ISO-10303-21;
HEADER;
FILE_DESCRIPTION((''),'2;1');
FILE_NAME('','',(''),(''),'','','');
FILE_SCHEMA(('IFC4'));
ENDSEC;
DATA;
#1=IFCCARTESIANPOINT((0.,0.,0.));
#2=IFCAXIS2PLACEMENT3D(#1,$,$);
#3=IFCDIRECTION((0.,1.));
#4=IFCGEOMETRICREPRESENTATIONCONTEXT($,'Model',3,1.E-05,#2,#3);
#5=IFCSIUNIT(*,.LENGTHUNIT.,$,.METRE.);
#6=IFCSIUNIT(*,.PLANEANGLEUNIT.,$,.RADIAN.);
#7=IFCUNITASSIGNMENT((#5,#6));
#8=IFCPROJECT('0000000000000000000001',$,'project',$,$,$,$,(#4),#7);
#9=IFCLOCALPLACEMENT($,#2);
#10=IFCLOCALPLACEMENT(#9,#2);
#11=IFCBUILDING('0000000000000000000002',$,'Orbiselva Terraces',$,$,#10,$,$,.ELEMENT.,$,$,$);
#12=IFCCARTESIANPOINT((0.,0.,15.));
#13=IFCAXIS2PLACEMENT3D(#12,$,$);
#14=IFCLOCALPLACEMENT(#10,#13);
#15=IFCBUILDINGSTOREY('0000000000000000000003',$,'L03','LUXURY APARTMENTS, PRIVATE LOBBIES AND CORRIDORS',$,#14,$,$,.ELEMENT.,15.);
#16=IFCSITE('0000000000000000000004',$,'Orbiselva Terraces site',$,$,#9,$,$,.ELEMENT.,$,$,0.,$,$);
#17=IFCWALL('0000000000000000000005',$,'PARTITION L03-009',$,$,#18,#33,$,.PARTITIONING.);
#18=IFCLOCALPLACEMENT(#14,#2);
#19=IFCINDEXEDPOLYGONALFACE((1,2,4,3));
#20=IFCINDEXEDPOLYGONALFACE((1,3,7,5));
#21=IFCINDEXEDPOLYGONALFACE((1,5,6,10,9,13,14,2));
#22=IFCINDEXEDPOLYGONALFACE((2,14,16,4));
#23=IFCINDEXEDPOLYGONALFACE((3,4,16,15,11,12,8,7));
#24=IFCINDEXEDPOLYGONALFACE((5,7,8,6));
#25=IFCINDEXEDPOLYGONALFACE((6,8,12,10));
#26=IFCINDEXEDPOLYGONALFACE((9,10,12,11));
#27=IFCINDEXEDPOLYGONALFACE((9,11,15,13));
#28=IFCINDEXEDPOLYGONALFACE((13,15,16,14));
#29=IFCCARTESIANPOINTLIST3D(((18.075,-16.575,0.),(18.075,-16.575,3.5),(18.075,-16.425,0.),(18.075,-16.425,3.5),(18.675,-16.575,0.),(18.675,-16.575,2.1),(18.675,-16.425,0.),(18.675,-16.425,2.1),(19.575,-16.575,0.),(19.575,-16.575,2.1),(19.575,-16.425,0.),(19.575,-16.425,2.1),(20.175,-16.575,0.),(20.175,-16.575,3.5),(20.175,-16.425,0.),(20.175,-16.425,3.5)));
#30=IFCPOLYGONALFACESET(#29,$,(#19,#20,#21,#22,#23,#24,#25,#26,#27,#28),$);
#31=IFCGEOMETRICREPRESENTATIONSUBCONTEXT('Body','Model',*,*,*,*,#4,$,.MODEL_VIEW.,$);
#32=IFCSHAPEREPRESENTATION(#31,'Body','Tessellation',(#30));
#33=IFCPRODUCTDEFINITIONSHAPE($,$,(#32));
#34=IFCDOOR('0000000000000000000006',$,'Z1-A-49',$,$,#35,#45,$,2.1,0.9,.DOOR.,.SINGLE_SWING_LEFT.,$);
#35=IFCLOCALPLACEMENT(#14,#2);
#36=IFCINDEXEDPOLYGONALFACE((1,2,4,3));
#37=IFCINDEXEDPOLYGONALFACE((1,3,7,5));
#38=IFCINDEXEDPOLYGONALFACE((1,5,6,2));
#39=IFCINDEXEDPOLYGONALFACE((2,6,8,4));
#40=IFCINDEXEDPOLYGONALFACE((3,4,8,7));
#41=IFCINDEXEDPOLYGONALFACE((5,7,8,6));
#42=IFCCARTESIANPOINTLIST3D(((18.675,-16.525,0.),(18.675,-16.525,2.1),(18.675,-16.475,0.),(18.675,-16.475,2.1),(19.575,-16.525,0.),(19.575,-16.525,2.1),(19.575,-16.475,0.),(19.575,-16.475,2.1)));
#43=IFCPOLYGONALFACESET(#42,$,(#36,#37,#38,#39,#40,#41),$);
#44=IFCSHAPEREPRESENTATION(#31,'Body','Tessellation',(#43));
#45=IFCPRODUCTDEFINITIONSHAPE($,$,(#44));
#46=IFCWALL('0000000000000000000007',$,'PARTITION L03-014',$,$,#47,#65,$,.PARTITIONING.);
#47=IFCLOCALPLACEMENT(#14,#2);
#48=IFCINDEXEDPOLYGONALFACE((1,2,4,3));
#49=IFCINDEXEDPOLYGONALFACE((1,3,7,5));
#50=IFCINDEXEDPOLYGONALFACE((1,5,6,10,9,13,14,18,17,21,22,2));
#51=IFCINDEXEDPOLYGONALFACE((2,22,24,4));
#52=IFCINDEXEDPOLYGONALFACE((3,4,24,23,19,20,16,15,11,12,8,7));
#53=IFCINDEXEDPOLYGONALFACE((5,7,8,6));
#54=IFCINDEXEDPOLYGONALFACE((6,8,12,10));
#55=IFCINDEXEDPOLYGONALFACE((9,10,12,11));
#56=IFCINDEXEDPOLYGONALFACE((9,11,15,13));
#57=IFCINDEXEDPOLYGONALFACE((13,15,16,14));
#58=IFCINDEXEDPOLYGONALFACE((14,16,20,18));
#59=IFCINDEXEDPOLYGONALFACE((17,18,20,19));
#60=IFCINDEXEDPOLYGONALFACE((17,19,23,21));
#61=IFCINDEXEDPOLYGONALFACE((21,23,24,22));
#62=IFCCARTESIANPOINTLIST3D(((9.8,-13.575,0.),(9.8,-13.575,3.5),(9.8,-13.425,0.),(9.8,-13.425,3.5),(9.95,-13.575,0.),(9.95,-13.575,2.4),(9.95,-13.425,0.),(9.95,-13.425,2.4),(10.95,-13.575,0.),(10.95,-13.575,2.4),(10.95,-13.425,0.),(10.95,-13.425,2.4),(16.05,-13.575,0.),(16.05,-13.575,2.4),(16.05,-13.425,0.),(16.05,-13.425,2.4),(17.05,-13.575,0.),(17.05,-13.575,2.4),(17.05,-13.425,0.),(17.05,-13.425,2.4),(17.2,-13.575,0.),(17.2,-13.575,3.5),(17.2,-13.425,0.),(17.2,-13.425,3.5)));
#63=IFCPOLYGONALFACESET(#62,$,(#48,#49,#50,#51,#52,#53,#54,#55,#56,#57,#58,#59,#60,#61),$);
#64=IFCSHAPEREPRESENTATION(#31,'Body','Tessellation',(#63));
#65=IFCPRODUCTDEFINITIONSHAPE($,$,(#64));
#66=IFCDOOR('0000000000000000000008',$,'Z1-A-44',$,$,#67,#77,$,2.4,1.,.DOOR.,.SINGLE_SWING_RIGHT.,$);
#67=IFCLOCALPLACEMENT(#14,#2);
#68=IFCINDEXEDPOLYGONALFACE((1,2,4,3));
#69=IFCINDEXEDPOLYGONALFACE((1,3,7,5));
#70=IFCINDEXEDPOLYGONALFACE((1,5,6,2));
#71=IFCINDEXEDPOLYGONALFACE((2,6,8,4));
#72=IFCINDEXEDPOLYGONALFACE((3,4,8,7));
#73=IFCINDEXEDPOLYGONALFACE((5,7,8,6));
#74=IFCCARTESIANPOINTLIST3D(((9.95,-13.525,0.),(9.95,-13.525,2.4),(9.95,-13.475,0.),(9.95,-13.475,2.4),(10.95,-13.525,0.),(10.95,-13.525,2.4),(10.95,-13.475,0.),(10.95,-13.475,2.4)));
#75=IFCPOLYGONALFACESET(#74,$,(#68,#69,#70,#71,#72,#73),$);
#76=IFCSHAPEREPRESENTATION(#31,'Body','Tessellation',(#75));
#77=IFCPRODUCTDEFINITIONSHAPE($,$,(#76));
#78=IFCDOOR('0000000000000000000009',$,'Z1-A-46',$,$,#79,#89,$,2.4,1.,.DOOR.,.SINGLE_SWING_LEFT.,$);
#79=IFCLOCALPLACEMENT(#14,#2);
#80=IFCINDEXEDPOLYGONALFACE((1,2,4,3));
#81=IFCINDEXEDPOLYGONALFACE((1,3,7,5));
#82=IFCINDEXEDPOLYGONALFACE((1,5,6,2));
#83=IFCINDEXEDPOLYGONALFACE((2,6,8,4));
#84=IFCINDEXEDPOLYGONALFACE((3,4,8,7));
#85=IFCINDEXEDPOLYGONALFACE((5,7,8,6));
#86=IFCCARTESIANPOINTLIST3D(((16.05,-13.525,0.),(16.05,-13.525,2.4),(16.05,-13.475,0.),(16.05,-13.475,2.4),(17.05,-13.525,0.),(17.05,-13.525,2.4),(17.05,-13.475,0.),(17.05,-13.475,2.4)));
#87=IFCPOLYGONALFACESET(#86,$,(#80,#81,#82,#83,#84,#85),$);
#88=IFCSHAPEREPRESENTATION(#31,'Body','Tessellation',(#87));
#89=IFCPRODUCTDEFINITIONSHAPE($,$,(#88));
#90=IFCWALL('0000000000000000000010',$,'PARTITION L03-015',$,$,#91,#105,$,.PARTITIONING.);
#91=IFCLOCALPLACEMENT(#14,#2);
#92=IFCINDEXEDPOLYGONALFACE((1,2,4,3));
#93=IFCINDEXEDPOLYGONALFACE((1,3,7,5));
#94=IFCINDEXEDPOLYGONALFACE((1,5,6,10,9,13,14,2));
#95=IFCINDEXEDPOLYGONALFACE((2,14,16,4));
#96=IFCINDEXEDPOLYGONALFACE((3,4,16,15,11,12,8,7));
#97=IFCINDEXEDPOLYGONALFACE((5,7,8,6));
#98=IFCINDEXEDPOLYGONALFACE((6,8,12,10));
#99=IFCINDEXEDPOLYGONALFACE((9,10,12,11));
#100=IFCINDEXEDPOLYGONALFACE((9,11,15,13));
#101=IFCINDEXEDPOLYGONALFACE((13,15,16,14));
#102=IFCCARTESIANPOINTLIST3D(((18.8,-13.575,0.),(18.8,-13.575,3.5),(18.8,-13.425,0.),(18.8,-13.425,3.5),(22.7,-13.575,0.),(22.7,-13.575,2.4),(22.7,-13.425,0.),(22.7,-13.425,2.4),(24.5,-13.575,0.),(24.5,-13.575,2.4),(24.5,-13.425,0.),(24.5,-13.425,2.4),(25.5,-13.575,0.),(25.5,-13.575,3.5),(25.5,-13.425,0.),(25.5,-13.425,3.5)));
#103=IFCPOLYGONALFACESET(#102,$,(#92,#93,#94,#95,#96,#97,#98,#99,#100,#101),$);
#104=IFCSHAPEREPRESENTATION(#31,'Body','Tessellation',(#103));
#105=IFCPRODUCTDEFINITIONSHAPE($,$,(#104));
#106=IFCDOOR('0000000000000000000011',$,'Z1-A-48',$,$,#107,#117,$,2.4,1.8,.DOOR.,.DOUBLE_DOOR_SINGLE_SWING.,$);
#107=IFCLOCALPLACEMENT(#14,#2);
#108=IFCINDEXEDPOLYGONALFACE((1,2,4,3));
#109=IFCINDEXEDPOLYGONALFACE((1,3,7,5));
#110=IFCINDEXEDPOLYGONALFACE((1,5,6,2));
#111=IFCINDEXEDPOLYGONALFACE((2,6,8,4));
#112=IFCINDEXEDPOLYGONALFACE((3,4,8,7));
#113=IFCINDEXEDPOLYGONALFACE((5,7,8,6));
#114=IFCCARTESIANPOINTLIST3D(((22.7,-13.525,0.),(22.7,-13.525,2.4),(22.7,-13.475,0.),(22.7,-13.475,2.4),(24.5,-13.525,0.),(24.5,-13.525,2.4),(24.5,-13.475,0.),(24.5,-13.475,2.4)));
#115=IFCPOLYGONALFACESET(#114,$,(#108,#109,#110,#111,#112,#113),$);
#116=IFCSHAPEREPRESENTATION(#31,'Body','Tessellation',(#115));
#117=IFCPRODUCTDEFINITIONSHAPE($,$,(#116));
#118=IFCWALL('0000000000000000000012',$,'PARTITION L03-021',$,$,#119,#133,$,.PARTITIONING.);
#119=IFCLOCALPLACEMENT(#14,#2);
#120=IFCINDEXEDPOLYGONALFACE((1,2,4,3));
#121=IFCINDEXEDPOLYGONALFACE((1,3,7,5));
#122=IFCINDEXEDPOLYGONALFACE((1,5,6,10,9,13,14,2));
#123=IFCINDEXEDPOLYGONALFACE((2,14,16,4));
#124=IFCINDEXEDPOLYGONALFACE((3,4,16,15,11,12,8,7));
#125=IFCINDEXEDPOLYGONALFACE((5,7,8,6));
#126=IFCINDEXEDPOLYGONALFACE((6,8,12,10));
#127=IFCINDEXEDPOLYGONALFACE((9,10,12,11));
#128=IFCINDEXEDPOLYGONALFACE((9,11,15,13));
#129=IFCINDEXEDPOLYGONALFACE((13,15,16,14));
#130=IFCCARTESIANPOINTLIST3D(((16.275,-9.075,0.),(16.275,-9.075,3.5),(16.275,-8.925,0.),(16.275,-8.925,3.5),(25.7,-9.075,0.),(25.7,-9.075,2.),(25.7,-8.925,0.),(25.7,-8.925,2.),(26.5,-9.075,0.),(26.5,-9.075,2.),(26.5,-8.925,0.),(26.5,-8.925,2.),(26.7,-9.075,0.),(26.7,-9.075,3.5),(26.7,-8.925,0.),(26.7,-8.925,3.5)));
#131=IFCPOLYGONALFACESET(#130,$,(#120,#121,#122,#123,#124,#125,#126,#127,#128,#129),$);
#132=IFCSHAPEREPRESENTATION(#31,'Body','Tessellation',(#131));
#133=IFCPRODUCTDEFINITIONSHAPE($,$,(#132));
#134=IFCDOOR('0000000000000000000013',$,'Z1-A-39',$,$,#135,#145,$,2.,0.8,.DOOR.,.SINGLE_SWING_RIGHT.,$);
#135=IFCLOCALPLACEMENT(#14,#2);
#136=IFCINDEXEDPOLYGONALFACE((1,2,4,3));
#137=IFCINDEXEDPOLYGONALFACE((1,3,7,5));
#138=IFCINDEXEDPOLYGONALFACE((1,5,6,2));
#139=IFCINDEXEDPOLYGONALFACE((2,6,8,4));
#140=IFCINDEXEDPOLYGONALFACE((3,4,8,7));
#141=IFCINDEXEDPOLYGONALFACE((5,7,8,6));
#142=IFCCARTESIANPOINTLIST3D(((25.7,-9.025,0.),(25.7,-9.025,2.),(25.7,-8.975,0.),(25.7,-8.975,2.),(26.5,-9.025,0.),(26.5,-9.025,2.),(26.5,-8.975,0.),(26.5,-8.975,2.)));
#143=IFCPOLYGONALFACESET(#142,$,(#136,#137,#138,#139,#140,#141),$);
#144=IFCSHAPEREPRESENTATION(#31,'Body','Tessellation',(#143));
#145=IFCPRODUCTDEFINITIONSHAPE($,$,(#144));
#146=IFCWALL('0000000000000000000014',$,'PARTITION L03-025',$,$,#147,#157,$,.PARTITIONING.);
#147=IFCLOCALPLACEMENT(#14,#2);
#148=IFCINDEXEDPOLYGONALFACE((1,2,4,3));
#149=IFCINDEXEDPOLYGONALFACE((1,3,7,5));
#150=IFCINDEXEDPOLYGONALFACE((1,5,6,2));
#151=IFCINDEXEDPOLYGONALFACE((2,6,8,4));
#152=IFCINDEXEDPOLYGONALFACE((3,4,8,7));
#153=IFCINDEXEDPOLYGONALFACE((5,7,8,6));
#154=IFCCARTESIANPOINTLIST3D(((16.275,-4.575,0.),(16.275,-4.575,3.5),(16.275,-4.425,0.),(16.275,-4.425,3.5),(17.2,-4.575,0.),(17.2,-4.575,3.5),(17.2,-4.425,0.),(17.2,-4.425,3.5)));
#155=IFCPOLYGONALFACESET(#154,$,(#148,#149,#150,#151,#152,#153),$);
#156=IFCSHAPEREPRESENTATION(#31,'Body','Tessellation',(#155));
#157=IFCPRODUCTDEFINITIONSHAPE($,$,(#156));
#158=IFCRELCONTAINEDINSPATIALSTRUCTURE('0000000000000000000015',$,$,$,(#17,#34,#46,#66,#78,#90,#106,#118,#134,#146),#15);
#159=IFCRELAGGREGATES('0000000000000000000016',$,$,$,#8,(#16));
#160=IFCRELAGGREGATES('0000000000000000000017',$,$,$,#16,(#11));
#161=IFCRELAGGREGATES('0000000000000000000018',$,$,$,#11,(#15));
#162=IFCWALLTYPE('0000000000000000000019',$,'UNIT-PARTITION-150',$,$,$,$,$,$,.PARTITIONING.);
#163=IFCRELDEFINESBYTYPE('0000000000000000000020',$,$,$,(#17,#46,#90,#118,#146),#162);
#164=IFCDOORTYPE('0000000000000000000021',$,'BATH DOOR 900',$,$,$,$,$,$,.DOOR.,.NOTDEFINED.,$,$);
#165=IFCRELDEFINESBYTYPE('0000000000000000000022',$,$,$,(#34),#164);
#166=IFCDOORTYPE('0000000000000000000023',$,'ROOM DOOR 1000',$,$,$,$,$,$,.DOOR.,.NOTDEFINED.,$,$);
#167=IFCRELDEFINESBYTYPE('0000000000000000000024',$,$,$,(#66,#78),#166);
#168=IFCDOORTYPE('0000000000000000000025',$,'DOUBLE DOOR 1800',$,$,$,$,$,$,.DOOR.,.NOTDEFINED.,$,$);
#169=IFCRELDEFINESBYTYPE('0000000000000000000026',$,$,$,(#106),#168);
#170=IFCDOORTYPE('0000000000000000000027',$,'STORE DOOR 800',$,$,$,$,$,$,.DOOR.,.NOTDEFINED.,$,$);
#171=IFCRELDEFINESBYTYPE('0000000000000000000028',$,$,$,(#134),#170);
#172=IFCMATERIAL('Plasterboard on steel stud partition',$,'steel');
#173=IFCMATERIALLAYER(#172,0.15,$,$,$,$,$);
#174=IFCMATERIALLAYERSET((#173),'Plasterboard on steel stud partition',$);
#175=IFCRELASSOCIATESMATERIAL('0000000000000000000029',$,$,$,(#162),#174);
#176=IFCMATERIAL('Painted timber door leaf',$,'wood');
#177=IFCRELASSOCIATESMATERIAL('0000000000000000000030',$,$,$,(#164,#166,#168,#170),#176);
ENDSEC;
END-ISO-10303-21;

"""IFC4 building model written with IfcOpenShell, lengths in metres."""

from ifc_helpers import new_model, si_unit, direction, frame, frame_2d, origin, place, context, subcontext, project, spatial, rectangle, extrude, material, layer, layer_set, type_object, element, fill, save


model = new_model("IFC4")

# Units and contexts
model_context = context("Model", 3, precision=1e-05, world=origin(), true_north=direction((0.0, 1.0)))
body_context = subcontext(model_context, "Body", "Model", "MODEL_VIEW")
ifc_project = project(units=[si_unit("LENGTHUNIT", "METRE"), si_unit("PLANEANGLEUNIT", "RADIAN")], contexts=[model_context])

# Site, building, storey
site_placement = place(None, origin())
site = spatial("IfcSite", under=ifc_project, at=site_placement, Name="Orbiselva Terraces site", CompositionType="ELEMENT", RefElevation=0.0)
building_placement = place(site_placement, origin())
building = spatial("IfcBuilding", under=site, at=building_placement, Name="Orbiselva Terraces", CompositionType="ELEMENT")
storey_placement = place(building_placement, frame((0.0, 0.0, 15.0)))
storey = spatial("IfcBuildingStorey", under=building, at=storey_placement, Name="L03", Description="LUXURY APARTMENTS, PRIVATE LOBBIES AND CORRIDORS", CompositionType="ELEMENT", Elevation=15.0)

# Shared definitions
ifc_material_1 = material(Name="Plasterboard on steel stud partition", Category="steel")

# Wall, opening, door
ifc_layer_1 = layer(ifc_material_1, 0.15)
ifc_layer_set_1 = layer_set([ifc_layer_1], Name="Plasterboard on steel stud partition")
wall_type_1 = type_object("IfcWallType", Name="UNIT-PARTITION-150", PredefinedType="PARTITIONING", material=ifc_layer_set_1)
wall_1_placement = place(storey_placement, frame((18.075, -16.5, 0.0), z_axis=(0.0, 0.0, 1.0), x_axis=(1.0, 0.0, 0.0)))
wall_1 = element("IfcWall", 1, at=wall_1_placement, inside=storey, type_object=wall_type_1, Name="PARTITION L03-009", PredefinedType="PARTITIONING", context=body_context, shape_type="SweptSolid", body=[
    extrude(rectangle(XDim=2.1, YDim=0.15, at=frame_2d((1.05, 0.0))), origin(), (0.0, 0.0, 1.0), 3.5),
])
opening_1_placement = place(wall_1_placement, frame((0.6, 0.0, 0.0)))
opening_1 = element("IfcOpeningElement", 2, at=opening_1_placement, cuts=wall_1, PredefinedType="OPENING", context=body_context, shape_type="SweptSolid", body=[
    extrude(rectangle(XDim=0.9, YDim=2.1, at=frame_2d((0.45, 1.05))), frame((0.0, 0.085, 0.0), z_axis=(0.0, -1.0, 0.0), x_axis=(1.0, 0.0, 0.0)), (0.0, 0.0, 1.0), 0.17),
])
ifc_material_2 = material(Name="Painted timber door leaf", Category="wood")
door_type_1 = type_object("IfcDoorType", Name="BATH DOOR 900", OperationType="NOTDEFINED", PredefinedType="DOOR", material=ifc_material_2)
door_1_placement = place(opening_1_placement, origin())
door_1 = element("IfcDoor", 3, at=door_1_placement, inside=storey, type_object=door_type_1, Name="Z1-A-49", OperationType="SINGLE_SWING_LEFT", OverallHeight=2.1, OverallWidth=0.9, PredefinedType="DOOR", context=body_context, shape_type="SweptSolid", body=[
    extrude(rectangle(XDim=0.9, YDim=2.1, at=frame_2d((0.45, 1.05))), frame((0.0, 0.025, 0.0), z_axis=(0.0, -1.0, 0.0), x_axis=(1.0, 0.0, 0.0)), (0.0, 0.0, 1.0), 0.05),
])
fill(opening_1, door_1)

# Wall, openings, doors
wall_2_placement = place(storey_placement, frame((17.2, -13.5, 0.0), z_axis=(0.0, 0.0, 1.0), x_axis=(-1.0, 0.0, 0.0)))
wall_2 = element("IfcWall", 4, at=wall_2_placement, inside=storey, type_object=wall_type_1, Name="PARTITION L03-014", PredefinedType="PARTITIONING", context=body_context, shape_type="SweptSolid", body=[
    extrude(rectangle(XDim=7.4, YDim=0.15, at=frame_2d((3.7, 0.0))), origin(), (0.0, 0.0, 1.0), 3.5),
])
opening_2_placement = place(wall_2_placement, frame((6.25, 0.0, 0.0)))
opening_2 = element("IfcOpeningElement", 5, at=opening_2_placement, cuts=wall_2, PredefinedType="OPENING", context=body_context, shape_type="SweptSolid", body=[
    extrude(rectangle(XDim=1.0, YDim=2.4, at=frame_2d((0.5, 1.2))), frame((0.0, 0.085, 0.0), z_axis=(0.0, -1.0, 0.0), x_axis=(1.0, 0.0, 0.0)), (0.0, 0.0, 1.0), 0.17),
])
opening_3_placement = place(wall_2_placement, frame((0.15, 0.0, 0.0)))
opening_3 = element("IfcOpeningElement", 6, at=opening_3_placement, cuts=wall_2, PredefinedType="OPENING", context=body_context, shape_type="SweptSolid", body=[
    extrude(rectangle(XDim=1.0, YDim=2.4, at=frame_2d((0.5, 1.2))), frame((0.0, 0.085, 0.0), z_axis=(0.0, -1.0, 0.0), x_axis=(1.0, 0.0, 0.0)), (0.0, 0.0, 1.0), 0.17),
])
door_type_2 = type_object("IfcDoorType", Name="ROOM DOOR 1000", OperationType="NOTDEFINED", PredefinedType="DOOR", material=ifc_material_2)
door_2_placement = place(opening_2_placement, origin())
door_2 = element("IfcDoor", 7, at=door_2_placement, inside=storey, type_object=door_type_2, Name="Z1-A-44", OperationType="SINGLE_SWING_RIGHT", OverallHeight=2.4, OverallWidth=1.0, PredefinedType="DOOR", context=body_context, shape_type="SweptSolid", body=[
    extrude(rectangle(XDim=1.0, YDim=2.4, at=frame_2d((0.5, 1.2))), frame((0.0, 0.025, 0.0), z_axis=(0.0, -1.0, 0.0), x_axis=(1.0, 0.0, 0.0)), (0.0, 0.0, 1.0), 0.05),
])
fill(opening_2, door_2)
door_3_placement = place(opening_3_placement, origin())
door_3 = element("IfcDoor", 8, at=door_3_placement, inside=storey, type_object=door_type_2, Name="Z1-A-46", OperationType="SINGLE_SWING_LEFT", OverallHeight=2.4, OverallWidth=1.0, PredefinedType="DOOR", context=body_context, shape_type="SweptSolid", body=[
    extrude(rectangle(XDim=1.0, YDim=2.4, at=frame_2d((0.5, 1.2))), frame((0.0, 0.025, 0.0), z_axis=(0.0, -1.0, 0.0), x_axis=(1.0, 0.0, 0.0)), (0.0, 0.0, 1.0), 0.05),
])
fill(opening_3, door_3)

# Walls, openings, doors
wall_3_placement = place(storey_placement, frame((25.5, -13.5, 0.0), z_axis=(0.0, 0.0, 1.0), x_axis=(-1.0, 0.0, 0.0)))
wall_3 = element("IfcWall", 9, at=wall_3_placement, inside=storey, type_object=wall_type_1, Name="PARTITION L03-015", PredefinedType="PARTITIONING", context=body_context, shape_type="SweptSolid", body=[
    extrude(rectangle(XDim=6.7, YDim=0.15, at=frame_2d((3.35, 0.0))), origin(), (0.0, 0.0, 1.0), 3.5),
])
opening_4_placement = place(wall_3_placement, frame((1.0, 0.0, 0.0)))
opening_4 = element("IfcOpeningElement", 10, at=opening_4_placement, cuts=wall_3, PredefinedType="OPENING", context=body_context, shape_type="SweptSolid", body=[
    extrude(rectangle(XDim=1.8, YDim=2.4, at=frame_2d((0.9, 1.2))), frame((0.0, 0.085, 0.0), z_axis=(0.0, -1.0, 0.0), x_axis=(1.0, 0.0, 0.0)), (0.0, 0.0, 1.0), 0.17),
])
door_type_3 = type_object("IfcDoorType", Name="DOUBLE DOOR 1800", OperationType="NOTDEFINED", PredefinedType="DOOR", material=ifc_material_2)
door_4_placement = place(opening_4_placement, origin())
door_4 = element("IfcDoor", 11, at=door_4_placement, inside=storey, type_object=door_type_3, Name="Z1-A-48", OperationType="DOUBLE_DOOR_SINGLE_SWING", OverallHeight=2.4, OverallWidth=1.8, PredefinedType="DOOR", context=body_context, shape_type="SweptSolid", body=[
    extrude(rectangle(XDim=1.8, YDim=2.4, at=frame_2d((0.9, 1.2))), frame((0.0, 0.025, 0.0), z_axis=(0.0, -1.0, 0.0), x_axis=(1.0, 0.0, 0.0)), (0.0, 0.0, 1.0), 0.05),
])
fill(opening_4, door_4)
wall_4_placement = place(storey_placement, frame((16.275, -9.0, 0.0), z_axis=(0.0, 0.0, 1.0), x_axis=(1.0, 0.0, 0.0)))
wall_4 = element("IfcWall", 12, at=wall_4_placement, inside=storey, type_object=wall_type_1, Name="PARTITION L03-021", PredefinedType="PARTITIONING", context=body_context, shape_type="SweptSolid", body=[
    extrude(rectangle(XDim=10.425, YDim=0.15, at=frame_2d((5.2125, 0.0))), origin(), (0.0, 0.0, 1.0), 3.5),
])
opening_5_placement = place(wall_4_placement, frame((9.425, 0.0, 0.0)))
opening_5 = element("IfcOpeningElement", 13, at=opening_5_placement, cuts=wall_4, PredefinedType="OPENING", context=body_context, shape_type="SweptSolid", body=[
    extrude(rectangle(XDim=0.8, YDim=2.0, at=frame_2d((0.4, 1.0))), frame((0.0, 0.085, 0.0), z_axis=(0.0, -1.0, 0.0), x_axis=(1.0, 0.0, 0.0)), (0.0, 0.0, 1.0), 0.17),
])
door_type_4 = type_object("IfcDoorType", Name="STORE DOOR 800", OperationType="NOTDEFINED", PredefinedType="DOOR", material=ifc_material_2)
door_5_placement = place(opening_5_placement, origin())
door_5 = element("IfcDoor", 14, at=door_5_placement, inside=storey, type_object=door_type_4, Name="Z1-A-39", OperationType="SINGLE_SWING_RIGHT", OverallHeight=2.0, OverallWidth=0.8, PredefinedType="DOOR", context=body_context, shape_type="SweptSolid", body=[
    extrude(rectangle(XDim=0.8, YDim=2.0, at=frame_2d((0.4, 1.0))), frame((0.0, 0.025, 0.0), z_axis=(0.0, -1.0, 0.0), x_axis=(1.0, 0.0, 0.0)), (0.0, 0.0, 1.0), 0.05),
])
fill(opening_5, door_5)

# Wall
wall_5_placement = place(storey_placement, frame((16.275, -4.5, 0.0), z_axis=(0.0, 0.0, 1.0), x_axis=(1.0, 0.0, 0.0)))
element("IfcWall", 15, at=wall_5_placement, inside=storey, type_object=wall_type_1, Name="PARTITION L03-025", PredefinedType="PARTITIONING", context=body_context, shape_type="SweptSolid", body=[
    extrude(rectangle(XDim=0.925, YDim=0.15, at=frame_2d((0.4625, 0.0))), origin(), (0.0, 0.0, 1.0), 3.5),
])

save(model, "model.ifc")
